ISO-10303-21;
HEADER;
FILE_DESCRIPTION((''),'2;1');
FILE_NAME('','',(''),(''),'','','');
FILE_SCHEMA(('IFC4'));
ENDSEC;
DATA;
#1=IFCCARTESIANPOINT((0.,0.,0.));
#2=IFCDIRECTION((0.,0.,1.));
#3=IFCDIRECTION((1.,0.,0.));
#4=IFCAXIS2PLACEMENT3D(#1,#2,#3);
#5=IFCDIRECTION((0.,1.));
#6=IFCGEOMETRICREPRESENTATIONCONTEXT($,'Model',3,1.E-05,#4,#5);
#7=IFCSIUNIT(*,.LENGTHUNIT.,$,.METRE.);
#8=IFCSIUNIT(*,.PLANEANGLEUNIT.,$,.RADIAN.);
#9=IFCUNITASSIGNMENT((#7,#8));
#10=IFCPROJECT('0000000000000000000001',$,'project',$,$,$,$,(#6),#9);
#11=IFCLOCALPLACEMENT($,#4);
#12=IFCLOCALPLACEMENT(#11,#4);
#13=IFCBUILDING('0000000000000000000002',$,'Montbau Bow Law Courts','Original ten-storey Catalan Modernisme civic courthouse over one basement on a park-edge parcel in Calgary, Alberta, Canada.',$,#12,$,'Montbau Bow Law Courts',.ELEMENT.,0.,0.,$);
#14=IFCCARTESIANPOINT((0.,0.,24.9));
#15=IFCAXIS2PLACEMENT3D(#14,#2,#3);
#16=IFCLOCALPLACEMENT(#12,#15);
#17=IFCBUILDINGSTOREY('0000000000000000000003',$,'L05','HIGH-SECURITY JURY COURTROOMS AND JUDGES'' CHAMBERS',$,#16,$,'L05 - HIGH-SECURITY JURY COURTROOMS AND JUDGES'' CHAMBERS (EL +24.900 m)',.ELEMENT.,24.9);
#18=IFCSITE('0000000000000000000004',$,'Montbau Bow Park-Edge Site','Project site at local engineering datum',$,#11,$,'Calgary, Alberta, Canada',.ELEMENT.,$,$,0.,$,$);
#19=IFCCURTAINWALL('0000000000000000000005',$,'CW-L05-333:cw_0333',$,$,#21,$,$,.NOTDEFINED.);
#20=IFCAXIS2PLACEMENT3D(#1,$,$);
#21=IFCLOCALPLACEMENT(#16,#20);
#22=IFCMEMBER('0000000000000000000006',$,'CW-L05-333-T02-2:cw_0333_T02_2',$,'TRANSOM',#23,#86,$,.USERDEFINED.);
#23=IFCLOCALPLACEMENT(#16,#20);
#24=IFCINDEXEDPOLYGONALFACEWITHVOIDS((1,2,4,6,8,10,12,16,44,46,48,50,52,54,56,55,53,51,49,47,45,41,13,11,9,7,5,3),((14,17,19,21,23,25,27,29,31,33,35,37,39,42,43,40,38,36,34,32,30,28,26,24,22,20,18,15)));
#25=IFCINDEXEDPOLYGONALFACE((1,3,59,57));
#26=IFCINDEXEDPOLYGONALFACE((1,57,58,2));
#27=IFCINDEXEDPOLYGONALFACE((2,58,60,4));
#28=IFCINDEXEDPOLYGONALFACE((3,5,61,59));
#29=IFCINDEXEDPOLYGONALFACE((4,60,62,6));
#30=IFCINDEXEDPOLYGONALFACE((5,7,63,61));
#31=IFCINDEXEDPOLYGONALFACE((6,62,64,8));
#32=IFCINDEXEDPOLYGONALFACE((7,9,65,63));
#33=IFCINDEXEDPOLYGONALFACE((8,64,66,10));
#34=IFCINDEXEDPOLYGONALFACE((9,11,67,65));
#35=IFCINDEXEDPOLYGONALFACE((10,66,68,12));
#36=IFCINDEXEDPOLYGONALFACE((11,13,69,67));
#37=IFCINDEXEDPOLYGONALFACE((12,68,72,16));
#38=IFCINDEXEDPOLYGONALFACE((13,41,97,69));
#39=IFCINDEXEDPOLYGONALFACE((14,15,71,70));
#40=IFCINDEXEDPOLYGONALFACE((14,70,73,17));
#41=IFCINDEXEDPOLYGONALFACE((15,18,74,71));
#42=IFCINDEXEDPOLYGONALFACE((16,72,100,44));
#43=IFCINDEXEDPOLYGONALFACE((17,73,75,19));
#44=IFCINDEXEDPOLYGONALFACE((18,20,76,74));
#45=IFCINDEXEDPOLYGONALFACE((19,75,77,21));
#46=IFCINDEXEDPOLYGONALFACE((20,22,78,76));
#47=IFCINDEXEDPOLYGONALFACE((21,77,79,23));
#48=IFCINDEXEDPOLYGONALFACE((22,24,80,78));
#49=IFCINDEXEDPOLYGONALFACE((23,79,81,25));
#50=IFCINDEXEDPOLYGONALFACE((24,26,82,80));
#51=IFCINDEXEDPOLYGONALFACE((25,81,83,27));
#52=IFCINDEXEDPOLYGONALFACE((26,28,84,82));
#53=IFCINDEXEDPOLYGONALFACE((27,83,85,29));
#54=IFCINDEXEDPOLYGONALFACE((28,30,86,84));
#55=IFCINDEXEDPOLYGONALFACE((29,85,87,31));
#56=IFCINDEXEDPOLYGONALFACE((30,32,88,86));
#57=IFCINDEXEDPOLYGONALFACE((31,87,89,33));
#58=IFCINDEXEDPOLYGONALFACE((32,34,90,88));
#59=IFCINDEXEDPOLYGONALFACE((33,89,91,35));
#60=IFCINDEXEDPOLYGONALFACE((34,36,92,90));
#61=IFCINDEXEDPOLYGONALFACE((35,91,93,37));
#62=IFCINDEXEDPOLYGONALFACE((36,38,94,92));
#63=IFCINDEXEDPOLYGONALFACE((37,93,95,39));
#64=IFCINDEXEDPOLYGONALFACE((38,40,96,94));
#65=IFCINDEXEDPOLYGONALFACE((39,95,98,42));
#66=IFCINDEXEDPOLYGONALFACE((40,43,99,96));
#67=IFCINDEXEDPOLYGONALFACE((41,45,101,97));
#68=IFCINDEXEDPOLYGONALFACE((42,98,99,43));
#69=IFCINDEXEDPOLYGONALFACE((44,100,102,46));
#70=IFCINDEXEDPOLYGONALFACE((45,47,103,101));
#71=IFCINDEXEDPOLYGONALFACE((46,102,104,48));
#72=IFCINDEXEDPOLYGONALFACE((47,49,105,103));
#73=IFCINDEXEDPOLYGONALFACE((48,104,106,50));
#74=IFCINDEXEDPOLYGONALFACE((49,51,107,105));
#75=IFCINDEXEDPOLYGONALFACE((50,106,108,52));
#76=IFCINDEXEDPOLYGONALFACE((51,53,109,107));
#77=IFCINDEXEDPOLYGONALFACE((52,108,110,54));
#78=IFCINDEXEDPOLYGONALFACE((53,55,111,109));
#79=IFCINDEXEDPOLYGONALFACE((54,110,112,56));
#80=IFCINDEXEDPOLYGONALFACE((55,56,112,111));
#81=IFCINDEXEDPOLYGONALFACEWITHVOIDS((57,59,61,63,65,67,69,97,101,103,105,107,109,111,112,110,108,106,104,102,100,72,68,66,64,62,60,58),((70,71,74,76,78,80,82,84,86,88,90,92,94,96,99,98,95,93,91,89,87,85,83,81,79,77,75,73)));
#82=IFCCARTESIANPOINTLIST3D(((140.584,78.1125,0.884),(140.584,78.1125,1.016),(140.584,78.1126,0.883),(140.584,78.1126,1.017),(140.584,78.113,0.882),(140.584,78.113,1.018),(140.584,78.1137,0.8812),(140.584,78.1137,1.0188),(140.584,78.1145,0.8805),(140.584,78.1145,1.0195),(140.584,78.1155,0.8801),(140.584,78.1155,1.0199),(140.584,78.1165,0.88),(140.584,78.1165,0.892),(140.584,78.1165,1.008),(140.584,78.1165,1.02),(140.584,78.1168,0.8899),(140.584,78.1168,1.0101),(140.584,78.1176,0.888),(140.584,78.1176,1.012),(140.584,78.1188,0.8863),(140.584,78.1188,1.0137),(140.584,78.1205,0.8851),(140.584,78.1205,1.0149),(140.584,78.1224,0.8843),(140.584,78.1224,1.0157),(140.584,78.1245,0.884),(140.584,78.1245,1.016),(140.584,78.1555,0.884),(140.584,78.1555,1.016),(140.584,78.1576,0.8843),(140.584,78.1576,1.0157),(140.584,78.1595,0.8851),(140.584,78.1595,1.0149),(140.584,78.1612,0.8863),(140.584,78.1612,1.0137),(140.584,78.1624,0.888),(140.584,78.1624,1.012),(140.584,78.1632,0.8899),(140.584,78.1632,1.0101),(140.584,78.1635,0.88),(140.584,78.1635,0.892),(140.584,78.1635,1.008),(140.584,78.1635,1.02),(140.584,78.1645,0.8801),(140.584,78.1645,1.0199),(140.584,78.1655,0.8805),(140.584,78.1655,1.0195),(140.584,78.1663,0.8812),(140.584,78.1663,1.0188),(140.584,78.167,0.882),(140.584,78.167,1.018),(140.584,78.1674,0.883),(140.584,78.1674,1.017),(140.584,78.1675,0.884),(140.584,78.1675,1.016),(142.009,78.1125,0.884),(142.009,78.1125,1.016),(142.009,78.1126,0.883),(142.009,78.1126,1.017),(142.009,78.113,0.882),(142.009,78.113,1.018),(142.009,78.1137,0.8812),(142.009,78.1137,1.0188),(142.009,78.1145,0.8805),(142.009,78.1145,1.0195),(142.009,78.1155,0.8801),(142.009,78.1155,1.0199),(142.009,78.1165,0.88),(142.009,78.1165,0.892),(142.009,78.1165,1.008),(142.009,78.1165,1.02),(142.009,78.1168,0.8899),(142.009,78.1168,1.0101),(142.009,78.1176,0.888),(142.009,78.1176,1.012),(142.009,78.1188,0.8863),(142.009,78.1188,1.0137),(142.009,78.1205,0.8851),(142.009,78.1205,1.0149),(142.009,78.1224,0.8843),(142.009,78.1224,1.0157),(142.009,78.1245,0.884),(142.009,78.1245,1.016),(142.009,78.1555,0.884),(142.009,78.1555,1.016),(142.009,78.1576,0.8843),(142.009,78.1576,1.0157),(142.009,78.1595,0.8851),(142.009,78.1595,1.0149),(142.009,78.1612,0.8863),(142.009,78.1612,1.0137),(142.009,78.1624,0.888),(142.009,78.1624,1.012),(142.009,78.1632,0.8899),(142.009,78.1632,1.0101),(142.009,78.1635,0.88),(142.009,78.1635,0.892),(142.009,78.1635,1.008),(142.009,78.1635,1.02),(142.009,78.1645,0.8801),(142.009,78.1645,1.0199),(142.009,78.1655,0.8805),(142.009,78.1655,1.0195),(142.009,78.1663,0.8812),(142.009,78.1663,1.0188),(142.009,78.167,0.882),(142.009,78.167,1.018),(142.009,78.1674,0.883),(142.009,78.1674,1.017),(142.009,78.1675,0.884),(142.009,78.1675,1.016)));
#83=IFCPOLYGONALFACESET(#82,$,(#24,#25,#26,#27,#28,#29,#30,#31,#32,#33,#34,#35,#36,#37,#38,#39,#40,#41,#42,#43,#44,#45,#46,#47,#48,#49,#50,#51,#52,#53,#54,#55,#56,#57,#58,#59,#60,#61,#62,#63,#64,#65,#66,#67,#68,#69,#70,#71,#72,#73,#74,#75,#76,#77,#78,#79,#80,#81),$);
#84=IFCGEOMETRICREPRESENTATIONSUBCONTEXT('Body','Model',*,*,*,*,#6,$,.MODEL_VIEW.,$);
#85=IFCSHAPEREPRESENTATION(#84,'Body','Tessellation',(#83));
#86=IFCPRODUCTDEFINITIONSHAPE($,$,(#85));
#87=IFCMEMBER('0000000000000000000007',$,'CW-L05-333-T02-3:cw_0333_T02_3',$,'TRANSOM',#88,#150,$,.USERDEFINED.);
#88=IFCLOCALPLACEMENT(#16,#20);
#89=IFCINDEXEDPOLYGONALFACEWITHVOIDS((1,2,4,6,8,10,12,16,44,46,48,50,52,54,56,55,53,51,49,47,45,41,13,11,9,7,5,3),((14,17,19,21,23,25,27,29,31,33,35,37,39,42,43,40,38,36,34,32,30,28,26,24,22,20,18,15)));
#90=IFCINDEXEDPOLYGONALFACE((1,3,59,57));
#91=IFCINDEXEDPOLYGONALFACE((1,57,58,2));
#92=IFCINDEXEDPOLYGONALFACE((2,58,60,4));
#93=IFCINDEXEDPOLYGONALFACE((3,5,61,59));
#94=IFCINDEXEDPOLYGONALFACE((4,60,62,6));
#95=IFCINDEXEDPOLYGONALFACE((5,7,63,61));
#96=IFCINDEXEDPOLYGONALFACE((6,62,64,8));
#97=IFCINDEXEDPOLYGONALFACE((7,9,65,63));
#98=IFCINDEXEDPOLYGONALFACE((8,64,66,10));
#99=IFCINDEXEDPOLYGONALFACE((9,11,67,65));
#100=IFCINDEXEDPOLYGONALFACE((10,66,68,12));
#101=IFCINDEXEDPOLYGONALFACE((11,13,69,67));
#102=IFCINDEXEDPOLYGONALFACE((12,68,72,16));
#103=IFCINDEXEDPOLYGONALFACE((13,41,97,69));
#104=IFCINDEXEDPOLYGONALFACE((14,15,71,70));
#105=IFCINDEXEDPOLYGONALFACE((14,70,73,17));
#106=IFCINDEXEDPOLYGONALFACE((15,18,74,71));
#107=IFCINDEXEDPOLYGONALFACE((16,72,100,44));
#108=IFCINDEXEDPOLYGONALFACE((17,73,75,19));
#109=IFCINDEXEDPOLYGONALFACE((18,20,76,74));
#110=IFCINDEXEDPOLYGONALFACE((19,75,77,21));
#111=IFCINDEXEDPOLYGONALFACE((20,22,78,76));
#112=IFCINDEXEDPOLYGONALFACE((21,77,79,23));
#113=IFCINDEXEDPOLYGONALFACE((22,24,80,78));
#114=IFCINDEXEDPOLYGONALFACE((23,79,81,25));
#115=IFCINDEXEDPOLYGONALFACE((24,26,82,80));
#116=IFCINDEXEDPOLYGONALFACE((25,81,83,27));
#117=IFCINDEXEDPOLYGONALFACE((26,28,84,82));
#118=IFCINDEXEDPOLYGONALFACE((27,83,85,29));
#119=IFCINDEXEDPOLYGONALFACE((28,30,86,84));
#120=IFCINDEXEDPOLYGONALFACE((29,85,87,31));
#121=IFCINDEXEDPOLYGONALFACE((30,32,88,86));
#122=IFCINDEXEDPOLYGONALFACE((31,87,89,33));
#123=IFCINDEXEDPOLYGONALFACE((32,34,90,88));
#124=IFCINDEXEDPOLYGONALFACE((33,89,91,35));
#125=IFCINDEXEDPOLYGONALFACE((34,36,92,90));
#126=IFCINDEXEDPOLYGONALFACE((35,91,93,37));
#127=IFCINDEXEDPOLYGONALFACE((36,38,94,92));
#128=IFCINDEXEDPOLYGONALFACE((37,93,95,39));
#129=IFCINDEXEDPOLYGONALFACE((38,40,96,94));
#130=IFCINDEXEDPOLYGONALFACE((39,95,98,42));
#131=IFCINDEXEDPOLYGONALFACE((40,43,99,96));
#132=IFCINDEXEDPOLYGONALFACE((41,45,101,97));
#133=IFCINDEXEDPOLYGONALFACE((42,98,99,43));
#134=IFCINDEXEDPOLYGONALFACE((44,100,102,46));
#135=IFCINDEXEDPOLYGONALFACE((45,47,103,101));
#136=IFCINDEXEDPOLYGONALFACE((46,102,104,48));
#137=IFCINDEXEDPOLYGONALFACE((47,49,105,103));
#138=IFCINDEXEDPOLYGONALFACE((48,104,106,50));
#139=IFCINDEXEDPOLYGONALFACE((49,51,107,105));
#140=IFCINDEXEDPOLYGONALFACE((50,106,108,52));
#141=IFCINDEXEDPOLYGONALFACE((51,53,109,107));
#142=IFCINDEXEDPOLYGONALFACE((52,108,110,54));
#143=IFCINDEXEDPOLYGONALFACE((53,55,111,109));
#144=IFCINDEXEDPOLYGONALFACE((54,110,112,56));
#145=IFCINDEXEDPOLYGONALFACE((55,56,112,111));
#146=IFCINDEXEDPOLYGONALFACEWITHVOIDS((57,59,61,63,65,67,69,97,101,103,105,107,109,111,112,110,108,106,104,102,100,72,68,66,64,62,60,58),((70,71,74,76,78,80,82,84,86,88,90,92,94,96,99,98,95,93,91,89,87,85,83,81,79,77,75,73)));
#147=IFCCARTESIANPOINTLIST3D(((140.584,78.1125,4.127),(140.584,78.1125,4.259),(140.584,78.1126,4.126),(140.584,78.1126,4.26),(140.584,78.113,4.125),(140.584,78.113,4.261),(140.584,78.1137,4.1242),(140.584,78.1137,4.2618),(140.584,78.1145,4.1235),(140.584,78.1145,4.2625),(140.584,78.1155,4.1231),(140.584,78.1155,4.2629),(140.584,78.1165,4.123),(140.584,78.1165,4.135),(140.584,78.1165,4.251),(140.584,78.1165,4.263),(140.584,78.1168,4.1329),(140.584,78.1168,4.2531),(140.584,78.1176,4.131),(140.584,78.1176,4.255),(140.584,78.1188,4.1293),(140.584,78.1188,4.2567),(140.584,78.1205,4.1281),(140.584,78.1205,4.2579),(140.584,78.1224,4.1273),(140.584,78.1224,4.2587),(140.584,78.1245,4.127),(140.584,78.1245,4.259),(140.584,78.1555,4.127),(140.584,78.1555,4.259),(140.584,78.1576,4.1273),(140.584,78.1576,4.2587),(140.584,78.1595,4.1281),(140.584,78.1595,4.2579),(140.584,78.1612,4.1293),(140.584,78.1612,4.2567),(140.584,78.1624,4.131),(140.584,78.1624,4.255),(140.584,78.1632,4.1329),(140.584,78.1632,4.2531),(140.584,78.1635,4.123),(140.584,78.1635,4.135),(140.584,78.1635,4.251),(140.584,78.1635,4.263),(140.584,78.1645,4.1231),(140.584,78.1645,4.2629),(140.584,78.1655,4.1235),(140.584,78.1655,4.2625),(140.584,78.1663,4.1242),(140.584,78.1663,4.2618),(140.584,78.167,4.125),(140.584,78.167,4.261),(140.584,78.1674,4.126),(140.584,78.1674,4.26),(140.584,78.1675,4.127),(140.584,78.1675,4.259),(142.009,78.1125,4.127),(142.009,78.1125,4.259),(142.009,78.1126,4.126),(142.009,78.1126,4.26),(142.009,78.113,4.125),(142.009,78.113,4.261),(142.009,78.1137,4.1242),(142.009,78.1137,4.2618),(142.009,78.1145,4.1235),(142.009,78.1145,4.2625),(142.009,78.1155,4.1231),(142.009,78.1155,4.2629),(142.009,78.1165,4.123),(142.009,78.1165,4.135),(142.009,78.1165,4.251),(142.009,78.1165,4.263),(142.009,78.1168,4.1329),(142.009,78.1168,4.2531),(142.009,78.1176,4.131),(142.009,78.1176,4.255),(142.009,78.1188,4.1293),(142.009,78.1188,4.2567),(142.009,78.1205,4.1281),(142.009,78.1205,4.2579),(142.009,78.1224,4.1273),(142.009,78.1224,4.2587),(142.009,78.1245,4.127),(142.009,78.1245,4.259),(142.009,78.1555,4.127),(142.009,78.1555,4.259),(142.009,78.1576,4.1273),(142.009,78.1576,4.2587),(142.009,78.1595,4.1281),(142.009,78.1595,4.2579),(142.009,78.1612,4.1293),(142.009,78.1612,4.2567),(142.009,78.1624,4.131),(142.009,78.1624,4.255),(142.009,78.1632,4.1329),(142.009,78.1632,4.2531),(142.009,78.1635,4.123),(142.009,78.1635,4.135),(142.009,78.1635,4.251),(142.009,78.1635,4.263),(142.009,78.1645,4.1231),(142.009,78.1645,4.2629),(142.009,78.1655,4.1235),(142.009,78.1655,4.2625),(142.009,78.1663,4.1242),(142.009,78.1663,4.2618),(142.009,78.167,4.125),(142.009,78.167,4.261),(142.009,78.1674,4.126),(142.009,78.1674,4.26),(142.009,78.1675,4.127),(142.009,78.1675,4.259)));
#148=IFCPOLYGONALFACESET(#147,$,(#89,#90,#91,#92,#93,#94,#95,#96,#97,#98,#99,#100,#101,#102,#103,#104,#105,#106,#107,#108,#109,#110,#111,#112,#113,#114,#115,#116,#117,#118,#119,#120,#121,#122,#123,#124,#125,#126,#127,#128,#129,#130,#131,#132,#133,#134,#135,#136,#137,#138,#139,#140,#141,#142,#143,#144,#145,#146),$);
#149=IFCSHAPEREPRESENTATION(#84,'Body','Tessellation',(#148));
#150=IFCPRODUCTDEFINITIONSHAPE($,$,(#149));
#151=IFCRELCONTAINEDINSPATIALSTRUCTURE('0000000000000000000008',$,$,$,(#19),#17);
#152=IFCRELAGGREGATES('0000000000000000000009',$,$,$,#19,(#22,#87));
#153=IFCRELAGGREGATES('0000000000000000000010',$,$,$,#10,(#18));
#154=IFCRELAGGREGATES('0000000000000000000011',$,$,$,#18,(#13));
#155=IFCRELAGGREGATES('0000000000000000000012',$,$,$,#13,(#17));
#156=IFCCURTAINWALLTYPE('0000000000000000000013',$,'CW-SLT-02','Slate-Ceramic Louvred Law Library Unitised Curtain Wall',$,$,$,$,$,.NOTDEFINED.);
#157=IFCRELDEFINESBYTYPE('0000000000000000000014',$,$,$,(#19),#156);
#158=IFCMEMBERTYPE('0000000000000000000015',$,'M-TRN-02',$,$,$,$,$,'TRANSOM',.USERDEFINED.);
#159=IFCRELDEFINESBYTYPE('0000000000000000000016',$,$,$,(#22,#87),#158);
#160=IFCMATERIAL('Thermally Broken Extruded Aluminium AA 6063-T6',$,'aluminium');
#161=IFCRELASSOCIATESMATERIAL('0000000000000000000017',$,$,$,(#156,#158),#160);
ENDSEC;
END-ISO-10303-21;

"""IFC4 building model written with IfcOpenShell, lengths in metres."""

from ifc_helpers import new_model, si_unit, direction, frame, origin_with_axes, origin_2d_with_axis, place, context, subcontext, project, spatial, hollow_rectangle, extrude, material, material_profile, profile_set, type_object, element, aggregate, save


model = new_model("IFC4")

# Units and contexts
model_context = context("Model", 3, precision=1e-05, world=origin_with_axes(), true_north=direction((0.0, 1.0)))
body_context = subcontext(model_context, "Body", "Model", "MODEL_VIEW")
ifc_project = project(units=[si_unit("LENGTHUNIT", "METRE"), si_unit("PLANEANGLEUNIT", "RADIAN")], contexts=[model_context])

# Site, building, storey
site_placement = place(None, origin_with_axes())
site = spatial("IfcSite", under=ifc_project, at=site_placement, Name="Montbau Bow Park-Edge Site", Description="Project site at local engineering datum", LongName="Calgary, Alberta, Canada", CompositionType="ELEMENT", RefElevation=0.0)
building_placement = place(site_placement, origin_with_axes())
building = spatial("IfcBuilding", under=site, at=building_placement, Name="Montbau Bow Law Courts", Description="Original ten-storey Catalan Modernisme civic courthouse over one basement on a park-edge parcel in Calgary, Alberta, Canada.", LongName="Montbau Bow Law Courts", CompositionType="ELEMENT", ElevationOfRefHeight=0.0, ElevationOfTerrain=0.0)
storey_placement = place(building_placement, frame((0.0, 0.0, 24.9), z_axis=(0.0, 0.0, 1.0), x_axis=(1.0, 0.0, 0.0)))
storey = spatial("IfcBuildingStorey", under=building, at=storey_placement, Name="L05", Description="HIGH-SECURITY JURY COURTROOMS AND JUDGES' CHAMBERS", LongName="L05 - HIGH-SECURITY JURY COURTROOMS AND JUDGES' CHAMBERS (EL +24.900 m)", CompositionType="ELEMENT", Elevation=24.9)

# Curtain wall, members
ifc_material_1 = material(Name="Thermally Broken Extruded Aluminium AA 6063-T6", Category="aluminium")
curtain_wall_type = type_object("IfcCurtainWallType", Name="CW-SLT-02", Description="Slate-Ceramic Louvred Law Library Unitised Curtain Wall", PredefinedType="NOTDEFINED", material=ifc_material_1)
curtain_wall_placement = place(None, frame((139.04, 78.14, 24.9), z_axis=(0.0, 0.0, 1.0), x_axis=(1.0, 0.0, 0.0)))
curtain_wall = element("IfcCurtainWall", 1, at=curtain_wall_placement, inside=storey, type_object=curtain_wall_type, Name="CW-L05-333:cw_0333", PredefinedType="NOTDEFINED")
ifc_material_profile_1 = material_profile(ifc_material_1, hollow_rectangle(XDim=0.055, YDim=0.14, WallThickness=0.004, InnerFilletRadius=0.008, OuterFilletRadius=0.004, at=origin_2d_with_axis()), Name="CWT-140X55", Category="Main", Priority=0)
ifc_profile_set_1 = profile_set([ifc_material_profile_1], Name="Thermally Broken Extruded Aluminium AA 6063-T6")
member_type_1 = type_object("IfcMemberType", Name="M-TRN-02", ElementType="TRANSOM", PredefinedType="USERDEFINED", material=ifc_profile_set_1)
member_1_placement = place(None, frame((140.584, 78.14, 25.85), z_axis=(1.0, 0.0, 0.0), x_axis=(0.0, 1.0, 0.0)))
member_1 = element("IfcMember", 2, at=member_1_placement, type_object=member_type_1, Name="CW-L05-333-T02-2:cw_0333_T02_2", ObjectType="TRANSOM", PredefinedType="USERDEFINED", context=body_context, shape_type="SweptSolid", body=[
    extrude(hollow_rectangle(XDim=0.055, YDim=0.14, WallThickness=0.004, InnerFilletRadius=0.008, OuterFilletRadius=0.004, at=origin_2d_with_axis()), origin_with_axes(), (0.0, 0.0, 1.0), 1.425),
])
member_2_placement = place(None, frame((140.584, 78.14, 29.093), z_axis=(1.0, 0.0, 0.0), x_axis=(0.0, 1.0, 0.0)))
member_2 = element("IfcMember", 3, at=member_2_placement, type_object=member_type_1, Name="CW-L05-333-T02-3:cw_0333_T02_3", ObjectType="TRANSOM", PredefinedType="USERDEFINED", context=body_context, shape_type="SweptSolid", body=[
    extrude(hollow_rectangle(XDim=0.055, YDim=0.14, WallThickness=0.004, InnerFilletRadius=0.008, OuterFilletRadius=0.004, at=origin_2d_with_axis()), origin_with_axes(), (0.0, 0.0, 1.0), 1.425),
])
aggregate(curtain_wall, [member_1, member_2])

save(model, "model.ifc")
